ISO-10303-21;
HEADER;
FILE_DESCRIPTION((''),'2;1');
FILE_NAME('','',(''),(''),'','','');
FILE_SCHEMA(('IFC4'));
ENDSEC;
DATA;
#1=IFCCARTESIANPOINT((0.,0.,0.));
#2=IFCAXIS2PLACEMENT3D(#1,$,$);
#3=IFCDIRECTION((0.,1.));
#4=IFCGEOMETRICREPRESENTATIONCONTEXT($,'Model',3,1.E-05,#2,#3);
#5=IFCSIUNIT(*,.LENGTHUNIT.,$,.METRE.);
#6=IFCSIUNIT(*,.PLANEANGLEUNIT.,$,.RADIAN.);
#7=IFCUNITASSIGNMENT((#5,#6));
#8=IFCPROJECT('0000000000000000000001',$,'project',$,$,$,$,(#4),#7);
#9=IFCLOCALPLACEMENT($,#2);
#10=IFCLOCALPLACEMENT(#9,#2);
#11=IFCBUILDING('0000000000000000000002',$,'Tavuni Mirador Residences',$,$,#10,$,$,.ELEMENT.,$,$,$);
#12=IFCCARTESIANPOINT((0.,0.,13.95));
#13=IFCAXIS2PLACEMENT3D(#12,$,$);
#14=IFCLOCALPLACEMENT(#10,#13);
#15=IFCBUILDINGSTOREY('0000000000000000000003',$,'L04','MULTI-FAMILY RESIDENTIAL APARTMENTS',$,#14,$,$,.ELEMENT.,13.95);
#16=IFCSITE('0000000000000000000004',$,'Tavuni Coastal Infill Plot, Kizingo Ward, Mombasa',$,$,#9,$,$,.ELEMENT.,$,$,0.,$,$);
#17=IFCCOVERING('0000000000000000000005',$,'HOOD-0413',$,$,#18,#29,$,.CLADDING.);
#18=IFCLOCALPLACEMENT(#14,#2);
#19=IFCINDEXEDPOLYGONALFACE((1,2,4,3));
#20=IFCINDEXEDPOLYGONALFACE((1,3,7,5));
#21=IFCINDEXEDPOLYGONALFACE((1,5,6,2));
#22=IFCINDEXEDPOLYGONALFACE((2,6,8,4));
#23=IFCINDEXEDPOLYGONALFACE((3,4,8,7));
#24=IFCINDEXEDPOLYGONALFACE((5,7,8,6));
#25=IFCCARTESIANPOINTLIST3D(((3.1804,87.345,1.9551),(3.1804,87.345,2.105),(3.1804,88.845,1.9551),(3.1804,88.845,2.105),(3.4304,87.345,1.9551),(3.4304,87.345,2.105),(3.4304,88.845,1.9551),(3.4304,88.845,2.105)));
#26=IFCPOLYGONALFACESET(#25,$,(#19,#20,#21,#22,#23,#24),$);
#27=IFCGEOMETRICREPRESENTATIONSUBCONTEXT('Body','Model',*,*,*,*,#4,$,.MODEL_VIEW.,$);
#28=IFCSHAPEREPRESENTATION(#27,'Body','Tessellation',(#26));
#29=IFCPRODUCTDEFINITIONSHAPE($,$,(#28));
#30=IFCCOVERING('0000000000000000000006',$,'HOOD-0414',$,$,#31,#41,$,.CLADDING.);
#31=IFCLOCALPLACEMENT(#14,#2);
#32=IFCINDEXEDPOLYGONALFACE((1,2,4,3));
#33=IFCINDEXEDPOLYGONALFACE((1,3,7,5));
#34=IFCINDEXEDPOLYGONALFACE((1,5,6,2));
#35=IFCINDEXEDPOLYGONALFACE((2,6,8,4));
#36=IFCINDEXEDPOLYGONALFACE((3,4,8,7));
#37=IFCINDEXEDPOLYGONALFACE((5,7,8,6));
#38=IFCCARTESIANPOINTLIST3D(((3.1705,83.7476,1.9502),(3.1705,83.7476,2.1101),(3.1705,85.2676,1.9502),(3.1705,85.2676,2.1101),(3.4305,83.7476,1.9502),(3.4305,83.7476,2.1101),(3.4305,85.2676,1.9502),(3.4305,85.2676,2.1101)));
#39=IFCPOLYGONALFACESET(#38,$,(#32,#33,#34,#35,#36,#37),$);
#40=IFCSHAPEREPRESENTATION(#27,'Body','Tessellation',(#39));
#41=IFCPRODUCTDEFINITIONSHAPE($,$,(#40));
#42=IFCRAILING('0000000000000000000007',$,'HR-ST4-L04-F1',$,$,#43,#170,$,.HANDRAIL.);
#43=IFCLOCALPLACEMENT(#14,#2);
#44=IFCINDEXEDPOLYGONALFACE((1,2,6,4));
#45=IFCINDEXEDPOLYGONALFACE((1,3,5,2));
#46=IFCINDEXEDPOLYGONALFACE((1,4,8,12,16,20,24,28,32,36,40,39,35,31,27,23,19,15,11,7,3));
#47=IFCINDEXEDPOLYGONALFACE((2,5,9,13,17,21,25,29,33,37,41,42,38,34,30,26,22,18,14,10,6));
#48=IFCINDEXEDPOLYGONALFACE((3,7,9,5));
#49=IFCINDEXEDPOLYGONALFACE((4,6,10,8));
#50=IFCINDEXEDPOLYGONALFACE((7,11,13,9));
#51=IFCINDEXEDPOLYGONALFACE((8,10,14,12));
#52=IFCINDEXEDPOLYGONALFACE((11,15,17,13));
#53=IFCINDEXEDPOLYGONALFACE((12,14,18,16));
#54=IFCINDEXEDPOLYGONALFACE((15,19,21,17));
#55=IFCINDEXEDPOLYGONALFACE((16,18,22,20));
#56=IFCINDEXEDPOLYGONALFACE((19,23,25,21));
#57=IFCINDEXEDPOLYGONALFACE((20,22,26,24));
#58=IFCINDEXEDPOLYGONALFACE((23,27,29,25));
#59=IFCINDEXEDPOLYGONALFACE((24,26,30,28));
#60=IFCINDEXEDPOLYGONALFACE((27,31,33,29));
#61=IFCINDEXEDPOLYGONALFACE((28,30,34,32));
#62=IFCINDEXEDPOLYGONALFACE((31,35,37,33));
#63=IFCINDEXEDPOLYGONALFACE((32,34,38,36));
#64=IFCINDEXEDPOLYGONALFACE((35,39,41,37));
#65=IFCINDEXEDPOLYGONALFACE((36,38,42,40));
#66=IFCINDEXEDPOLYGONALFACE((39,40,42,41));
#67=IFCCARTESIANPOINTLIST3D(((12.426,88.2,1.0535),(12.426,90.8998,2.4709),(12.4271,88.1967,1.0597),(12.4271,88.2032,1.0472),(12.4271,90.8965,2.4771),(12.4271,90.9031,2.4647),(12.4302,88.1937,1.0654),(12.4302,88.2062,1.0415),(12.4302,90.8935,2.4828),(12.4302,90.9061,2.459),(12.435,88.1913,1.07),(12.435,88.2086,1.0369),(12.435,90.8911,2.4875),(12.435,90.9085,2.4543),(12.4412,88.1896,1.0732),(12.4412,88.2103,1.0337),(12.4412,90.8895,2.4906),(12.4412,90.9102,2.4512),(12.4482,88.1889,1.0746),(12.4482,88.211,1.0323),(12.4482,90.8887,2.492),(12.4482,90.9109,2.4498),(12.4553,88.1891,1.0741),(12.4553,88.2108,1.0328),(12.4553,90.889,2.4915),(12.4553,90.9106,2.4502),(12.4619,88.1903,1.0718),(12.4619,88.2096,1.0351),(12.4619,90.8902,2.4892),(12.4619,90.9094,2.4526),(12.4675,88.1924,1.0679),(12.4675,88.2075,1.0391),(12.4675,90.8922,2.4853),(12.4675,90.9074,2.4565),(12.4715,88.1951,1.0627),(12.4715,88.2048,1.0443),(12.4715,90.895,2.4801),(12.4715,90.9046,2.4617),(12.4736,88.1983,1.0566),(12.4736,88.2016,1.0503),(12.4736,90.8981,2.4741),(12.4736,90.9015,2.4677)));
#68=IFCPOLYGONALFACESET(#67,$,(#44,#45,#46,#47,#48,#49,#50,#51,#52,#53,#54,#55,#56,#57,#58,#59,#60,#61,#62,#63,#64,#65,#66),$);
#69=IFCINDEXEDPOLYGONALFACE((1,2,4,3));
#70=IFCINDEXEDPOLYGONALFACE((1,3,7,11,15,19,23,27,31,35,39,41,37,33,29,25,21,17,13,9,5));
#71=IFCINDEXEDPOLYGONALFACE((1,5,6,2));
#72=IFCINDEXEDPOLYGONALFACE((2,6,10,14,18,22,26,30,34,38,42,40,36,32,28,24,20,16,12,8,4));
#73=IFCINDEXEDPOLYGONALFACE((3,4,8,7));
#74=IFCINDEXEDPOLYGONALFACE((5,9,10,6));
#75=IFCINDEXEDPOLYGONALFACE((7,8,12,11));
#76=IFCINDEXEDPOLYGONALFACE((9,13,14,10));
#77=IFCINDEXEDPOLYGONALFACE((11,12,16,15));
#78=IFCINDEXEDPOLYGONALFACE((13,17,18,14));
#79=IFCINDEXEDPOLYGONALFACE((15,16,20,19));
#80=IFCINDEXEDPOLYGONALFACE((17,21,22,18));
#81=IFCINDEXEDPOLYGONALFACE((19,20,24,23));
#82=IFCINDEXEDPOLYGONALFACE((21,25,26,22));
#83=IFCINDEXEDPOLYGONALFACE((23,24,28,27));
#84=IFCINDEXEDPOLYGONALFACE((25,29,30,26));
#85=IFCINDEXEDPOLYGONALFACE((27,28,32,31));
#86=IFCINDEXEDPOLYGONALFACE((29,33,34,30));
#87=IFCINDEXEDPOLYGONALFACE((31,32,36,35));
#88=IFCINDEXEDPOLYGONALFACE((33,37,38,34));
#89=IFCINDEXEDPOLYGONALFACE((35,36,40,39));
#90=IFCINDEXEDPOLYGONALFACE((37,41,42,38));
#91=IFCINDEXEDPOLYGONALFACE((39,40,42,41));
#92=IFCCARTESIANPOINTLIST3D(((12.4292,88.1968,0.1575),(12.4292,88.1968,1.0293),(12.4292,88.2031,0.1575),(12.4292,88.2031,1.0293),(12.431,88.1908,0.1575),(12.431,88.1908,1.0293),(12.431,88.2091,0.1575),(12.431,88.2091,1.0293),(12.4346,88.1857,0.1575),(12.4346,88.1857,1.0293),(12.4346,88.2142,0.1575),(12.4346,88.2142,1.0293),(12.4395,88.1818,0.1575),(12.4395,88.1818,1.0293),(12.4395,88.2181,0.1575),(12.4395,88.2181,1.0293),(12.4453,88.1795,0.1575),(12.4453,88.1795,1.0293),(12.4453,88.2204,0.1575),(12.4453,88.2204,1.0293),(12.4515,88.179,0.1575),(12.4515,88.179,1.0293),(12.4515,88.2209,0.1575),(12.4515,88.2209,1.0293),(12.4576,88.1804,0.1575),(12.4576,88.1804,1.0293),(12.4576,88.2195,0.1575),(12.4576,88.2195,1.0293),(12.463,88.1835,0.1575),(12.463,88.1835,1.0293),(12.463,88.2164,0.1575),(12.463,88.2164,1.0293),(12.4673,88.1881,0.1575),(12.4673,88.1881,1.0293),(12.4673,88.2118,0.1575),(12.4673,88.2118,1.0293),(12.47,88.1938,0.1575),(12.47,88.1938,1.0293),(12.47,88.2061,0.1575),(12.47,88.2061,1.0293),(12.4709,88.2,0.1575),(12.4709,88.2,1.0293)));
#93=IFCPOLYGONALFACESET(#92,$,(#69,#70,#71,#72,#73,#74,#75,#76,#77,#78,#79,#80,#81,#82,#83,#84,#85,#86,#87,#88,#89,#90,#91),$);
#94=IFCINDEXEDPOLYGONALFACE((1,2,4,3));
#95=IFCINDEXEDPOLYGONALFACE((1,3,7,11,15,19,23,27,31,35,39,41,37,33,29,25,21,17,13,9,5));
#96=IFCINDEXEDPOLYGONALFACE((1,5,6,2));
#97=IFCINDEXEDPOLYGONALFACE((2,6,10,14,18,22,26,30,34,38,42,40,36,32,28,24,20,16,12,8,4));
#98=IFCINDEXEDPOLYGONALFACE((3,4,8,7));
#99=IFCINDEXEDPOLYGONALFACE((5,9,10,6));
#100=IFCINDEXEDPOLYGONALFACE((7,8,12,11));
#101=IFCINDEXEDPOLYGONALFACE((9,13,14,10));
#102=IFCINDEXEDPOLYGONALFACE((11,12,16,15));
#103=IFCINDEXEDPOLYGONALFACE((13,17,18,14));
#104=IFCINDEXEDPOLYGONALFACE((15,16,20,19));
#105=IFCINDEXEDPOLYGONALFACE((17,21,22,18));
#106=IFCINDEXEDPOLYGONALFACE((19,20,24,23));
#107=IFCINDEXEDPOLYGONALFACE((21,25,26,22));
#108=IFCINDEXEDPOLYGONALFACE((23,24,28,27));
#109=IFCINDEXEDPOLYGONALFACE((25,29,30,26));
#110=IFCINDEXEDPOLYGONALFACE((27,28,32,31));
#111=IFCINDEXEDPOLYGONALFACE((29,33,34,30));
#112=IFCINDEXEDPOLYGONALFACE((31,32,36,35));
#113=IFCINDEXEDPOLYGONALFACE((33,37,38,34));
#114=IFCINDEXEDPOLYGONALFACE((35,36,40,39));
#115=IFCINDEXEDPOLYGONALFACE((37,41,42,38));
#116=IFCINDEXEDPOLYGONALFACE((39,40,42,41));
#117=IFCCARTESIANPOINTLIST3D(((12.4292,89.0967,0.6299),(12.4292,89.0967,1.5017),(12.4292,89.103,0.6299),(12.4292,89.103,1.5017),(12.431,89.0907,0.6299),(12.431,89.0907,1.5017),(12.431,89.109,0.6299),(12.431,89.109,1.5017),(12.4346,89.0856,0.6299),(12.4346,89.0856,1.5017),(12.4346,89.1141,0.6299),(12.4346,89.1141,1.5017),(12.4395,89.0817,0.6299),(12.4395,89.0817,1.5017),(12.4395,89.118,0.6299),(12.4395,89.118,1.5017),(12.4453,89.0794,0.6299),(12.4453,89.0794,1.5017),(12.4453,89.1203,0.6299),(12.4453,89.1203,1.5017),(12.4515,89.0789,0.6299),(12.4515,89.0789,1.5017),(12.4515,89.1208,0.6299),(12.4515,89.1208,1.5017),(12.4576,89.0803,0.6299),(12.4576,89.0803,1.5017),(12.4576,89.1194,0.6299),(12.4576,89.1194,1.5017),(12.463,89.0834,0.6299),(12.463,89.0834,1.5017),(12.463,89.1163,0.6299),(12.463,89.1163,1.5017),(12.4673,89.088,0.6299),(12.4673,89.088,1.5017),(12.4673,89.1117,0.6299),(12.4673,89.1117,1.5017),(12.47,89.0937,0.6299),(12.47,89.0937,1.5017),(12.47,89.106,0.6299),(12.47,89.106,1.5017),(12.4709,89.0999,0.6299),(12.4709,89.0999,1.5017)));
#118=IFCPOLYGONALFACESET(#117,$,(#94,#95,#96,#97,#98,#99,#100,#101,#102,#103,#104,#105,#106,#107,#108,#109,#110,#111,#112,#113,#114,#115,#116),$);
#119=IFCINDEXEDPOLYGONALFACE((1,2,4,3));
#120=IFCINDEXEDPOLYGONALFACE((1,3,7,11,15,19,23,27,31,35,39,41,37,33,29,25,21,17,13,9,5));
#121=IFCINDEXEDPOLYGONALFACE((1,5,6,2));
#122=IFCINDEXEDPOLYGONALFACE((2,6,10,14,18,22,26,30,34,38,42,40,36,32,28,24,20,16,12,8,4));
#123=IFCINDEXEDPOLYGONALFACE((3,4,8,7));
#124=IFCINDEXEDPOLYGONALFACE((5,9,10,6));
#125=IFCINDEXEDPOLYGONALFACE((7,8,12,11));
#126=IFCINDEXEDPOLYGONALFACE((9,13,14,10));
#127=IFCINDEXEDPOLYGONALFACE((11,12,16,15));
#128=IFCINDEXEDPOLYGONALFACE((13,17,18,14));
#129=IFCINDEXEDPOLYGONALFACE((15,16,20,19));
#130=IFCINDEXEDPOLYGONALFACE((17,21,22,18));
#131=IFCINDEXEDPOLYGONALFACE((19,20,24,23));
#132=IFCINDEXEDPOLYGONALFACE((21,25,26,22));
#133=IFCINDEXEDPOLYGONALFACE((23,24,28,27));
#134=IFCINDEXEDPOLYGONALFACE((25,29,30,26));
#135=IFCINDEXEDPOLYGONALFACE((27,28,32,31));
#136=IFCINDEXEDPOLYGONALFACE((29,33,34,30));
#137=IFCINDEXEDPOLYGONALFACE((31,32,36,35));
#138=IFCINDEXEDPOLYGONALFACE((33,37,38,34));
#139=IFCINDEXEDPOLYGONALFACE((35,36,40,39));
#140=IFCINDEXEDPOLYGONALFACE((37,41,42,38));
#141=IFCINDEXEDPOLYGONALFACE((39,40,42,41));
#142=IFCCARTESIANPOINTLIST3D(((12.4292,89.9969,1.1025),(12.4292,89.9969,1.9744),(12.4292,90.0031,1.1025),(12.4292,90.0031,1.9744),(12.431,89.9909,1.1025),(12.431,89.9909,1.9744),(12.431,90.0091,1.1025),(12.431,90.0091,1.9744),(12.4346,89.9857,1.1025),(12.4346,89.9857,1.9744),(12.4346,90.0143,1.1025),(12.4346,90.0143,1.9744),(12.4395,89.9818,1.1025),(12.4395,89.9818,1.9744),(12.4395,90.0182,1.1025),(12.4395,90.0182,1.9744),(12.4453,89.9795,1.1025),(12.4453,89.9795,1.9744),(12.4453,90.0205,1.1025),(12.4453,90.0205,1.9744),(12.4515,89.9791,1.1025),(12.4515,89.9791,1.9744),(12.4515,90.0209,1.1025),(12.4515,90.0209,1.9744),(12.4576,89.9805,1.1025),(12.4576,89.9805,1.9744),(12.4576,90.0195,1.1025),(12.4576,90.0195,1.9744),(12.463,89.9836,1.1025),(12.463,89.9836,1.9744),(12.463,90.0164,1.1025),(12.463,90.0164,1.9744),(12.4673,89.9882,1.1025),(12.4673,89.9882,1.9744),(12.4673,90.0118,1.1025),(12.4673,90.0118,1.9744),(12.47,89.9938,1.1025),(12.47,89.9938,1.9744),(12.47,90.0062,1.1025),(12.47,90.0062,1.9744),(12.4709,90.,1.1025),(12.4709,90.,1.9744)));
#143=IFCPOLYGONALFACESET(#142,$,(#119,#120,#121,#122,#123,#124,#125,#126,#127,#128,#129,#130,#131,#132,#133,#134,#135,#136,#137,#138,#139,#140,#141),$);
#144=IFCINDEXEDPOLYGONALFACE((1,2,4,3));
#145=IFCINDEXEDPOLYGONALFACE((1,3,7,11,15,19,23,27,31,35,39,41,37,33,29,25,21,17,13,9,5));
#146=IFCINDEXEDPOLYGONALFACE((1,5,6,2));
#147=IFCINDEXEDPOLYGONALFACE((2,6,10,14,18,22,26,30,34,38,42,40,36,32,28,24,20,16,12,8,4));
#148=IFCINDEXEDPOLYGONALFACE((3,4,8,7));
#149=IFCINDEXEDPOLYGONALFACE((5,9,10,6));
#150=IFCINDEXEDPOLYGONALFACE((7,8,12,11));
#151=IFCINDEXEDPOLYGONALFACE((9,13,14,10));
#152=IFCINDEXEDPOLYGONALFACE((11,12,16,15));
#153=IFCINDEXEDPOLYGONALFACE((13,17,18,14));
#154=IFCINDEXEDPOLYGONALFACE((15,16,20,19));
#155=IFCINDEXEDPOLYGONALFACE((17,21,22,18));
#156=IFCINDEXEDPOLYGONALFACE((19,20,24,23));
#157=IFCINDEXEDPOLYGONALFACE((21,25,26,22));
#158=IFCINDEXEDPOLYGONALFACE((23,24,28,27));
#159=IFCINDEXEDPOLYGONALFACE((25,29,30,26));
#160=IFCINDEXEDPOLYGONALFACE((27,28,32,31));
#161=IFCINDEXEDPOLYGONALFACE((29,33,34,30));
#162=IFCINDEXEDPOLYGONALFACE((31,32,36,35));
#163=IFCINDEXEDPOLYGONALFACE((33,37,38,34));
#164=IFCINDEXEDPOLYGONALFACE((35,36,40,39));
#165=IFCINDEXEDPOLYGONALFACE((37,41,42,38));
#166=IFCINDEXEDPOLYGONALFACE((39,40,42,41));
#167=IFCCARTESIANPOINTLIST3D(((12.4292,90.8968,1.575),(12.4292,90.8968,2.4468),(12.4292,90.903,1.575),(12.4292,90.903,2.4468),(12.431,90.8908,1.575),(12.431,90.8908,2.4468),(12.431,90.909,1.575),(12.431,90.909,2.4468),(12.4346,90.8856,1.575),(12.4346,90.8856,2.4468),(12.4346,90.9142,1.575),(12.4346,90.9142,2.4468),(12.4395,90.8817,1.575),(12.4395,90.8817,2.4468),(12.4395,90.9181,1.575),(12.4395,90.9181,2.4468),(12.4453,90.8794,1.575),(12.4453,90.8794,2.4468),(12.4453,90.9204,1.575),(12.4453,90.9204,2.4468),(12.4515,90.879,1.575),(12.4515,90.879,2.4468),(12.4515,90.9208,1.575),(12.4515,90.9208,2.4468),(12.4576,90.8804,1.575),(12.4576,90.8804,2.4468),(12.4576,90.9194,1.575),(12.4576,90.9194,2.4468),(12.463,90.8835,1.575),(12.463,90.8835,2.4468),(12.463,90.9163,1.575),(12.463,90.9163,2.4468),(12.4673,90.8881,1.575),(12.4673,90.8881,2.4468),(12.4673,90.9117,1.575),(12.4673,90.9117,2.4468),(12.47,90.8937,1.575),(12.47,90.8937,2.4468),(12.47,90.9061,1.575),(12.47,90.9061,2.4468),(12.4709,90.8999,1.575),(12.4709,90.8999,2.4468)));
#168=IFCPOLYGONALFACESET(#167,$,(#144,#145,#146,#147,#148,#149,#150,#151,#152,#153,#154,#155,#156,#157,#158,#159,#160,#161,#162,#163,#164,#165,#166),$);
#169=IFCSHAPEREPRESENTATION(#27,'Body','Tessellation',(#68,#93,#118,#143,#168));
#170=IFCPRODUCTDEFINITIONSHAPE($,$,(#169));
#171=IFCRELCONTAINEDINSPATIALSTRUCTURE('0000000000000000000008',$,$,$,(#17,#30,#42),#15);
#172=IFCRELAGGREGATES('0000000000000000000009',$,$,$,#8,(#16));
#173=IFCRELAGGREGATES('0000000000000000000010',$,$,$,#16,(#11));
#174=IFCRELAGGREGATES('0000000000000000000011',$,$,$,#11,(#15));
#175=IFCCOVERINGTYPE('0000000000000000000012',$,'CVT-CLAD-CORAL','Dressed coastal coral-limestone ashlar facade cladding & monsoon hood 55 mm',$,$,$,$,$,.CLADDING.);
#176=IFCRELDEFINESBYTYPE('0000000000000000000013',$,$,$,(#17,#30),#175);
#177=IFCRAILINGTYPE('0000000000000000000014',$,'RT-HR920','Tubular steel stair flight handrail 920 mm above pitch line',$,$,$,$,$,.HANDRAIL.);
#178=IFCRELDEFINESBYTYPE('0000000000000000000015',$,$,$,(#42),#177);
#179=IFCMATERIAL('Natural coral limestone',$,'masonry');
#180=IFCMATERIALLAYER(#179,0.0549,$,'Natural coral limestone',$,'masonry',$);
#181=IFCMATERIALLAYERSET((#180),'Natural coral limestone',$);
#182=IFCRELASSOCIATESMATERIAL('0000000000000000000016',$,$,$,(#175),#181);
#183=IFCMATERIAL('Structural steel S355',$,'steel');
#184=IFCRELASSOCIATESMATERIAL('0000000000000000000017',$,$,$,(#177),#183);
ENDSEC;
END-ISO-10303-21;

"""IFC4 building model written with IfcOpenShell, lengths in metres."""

from ifc_helpers import new_model, si_unit, direction, frame, origin, origin_2d, place, context, subcontext, project, spatial, rectangle, circle, extrude, material, layer, layer_set, type_object, element, save


model = new_model("IFC4")

# Units and contexts
model_context = context("Model", 3, precision=1e-05, world=origin(), true_north=direction((0.0, 1.0)))
body_context = subcontext(model_context, "Body", "Model", "MODEL_VIEW")
ifc_project = project(units=[si_unit("LENGTHUNIT", "METRE"), si_unit("PLANEANGLEUNIT", "RADIAN")], contexts=[model_context])

# Site, building, storey
site_placement = place(None, origin())
site = spatial("IfcSite", under=ifc_project, at=site_placement, Name="Tavuni Coastal Infill Plot, Kizingo Ward, Mombasa", CompositionType="ELEMENT", RefElevation=0.0)
building_placement = place(site_placement, origin())
building = spatial("IfcBuilding", under=site, at=building_placement, Name="Tavuni Mirador Residences", CompositionType="ELEMENT")
storey_placement = place(building_placement, frame((0.0, 0.0, 13.95)))
storey = spatial("IfcBuildingStorey", under=building, at=storey_placement, Name="L04", Description="MULTI-FAMILY RESIDENTIAL APARTMENTS", CompositionType="ELEMENT", Elevation=13.95)

# Shared definitions
ifc_material_1 = material(Name="Structural steel S355", Category="steel")

# Coverings
ifc_material_2 = material(Name="Natural coral limestone", Category="masonry")
ifc_layer_1 = layer(ifc_material_2, 0.0549, Name="Natural coral limestone", Category="masonry")
ifc_layer_set_1 = layer_set([ifc_layer_1], Name="Natural coral limestone")
covering_type = type_object("IfcCoveringType", Name="CVT-CLAD-CORAL", Description="Dressed coastal coral-limestone ashlar facade cladding & monsoon hood 55 mm", PredefinedType="CLADDING", material=ifc_layer_set_1)
covering_1_placement = place(storey_placement, frame((3.3054, 88.095, 1.9551), z_axis=(0.0, 0.0, 1.0), x_axis=(0.0, -1.0, 0.0)))
element("IfcCovering", 1, at=covering_1_placement, inside=storey, type_object=covering_type, Name="HOOD-0413", PredefinedType="CLADDING", context=body_context, shape_type="SweptSolid", body=[
    extrude(rectangle(XDim=1.5, YDim=0.25, at=origin_2d()), origin(), (0.0, 0.0, 1.0), 0.1499),
])
covering_2_placement = place(storey_placement, frame((3.3005, 84.5076, 1.9502), z_axis=(0.0, 0.0, 1.0), x_axis=(0.0, -1.0, 0.0)))
element("IfcCovering", 2, at=covering_2_placement, inside=storey, type_object=covering_type, Name="HOOD-0414", PredefinedType="CLADDING", context=body_context, shape_type="SweptSolid", body=[
    extrude(rectangle(XDim=1.52, YDim=0.26, at=origin_2d()), origin(), (0.0, 0.0, 1.0), 0.1599),
])

# Railing
railing_type = type_object("IfcRailingType", Name="RT-HR920", Description="Tubular steel stair flight handrail 920 mm above pitch line", PredefinedType="HANDRAIL", material=ifc_material_1)
railing_placement = place(storey_placement, frame((12.45, 88.2, 0.1575)))
element("IfcRailing", 3, at=railing_placement, inside=storey, type_object=railing_type, Name="HR-ST4-L04-F1", PredefinedType="HANDRAIL", context=body_context, shape_type="SweptSolid", body=[
    extrude(circle(Radius=0.0239, at=origin_2d()), frame((0.0, 0.0, 0.896), z_axis=(0.0, 0.885397, 0.464835), x_axis=(-1.0, 0.0, 0.0)), (0.0, 0.0, 1.0), 3.0493),
    extrude(circle(Radius=0.021, at=origin_2d()), origin(), (0.0, 0.0, 1.0), 0.8718),
    extrude(circle(Radius=0.021, at=origin_2d()), frame((0.0, 0.8999, 0.4724)), (0.0, 0.0, 1.0), 0.8718),
    extrude(circle(Radius=0.021, at=origin_2d()), frame((0.0, 1.8, 0.9451)), (0.0, 0.0, 1.0), 0.8718),
    extrude(circle(Radius=0.021, at=origin_2d()), frame((0.0, 2.7, 1.4175)), (0.0, 0.0, 1.0), 0.8718),
])

save(model, "model.ifc")
